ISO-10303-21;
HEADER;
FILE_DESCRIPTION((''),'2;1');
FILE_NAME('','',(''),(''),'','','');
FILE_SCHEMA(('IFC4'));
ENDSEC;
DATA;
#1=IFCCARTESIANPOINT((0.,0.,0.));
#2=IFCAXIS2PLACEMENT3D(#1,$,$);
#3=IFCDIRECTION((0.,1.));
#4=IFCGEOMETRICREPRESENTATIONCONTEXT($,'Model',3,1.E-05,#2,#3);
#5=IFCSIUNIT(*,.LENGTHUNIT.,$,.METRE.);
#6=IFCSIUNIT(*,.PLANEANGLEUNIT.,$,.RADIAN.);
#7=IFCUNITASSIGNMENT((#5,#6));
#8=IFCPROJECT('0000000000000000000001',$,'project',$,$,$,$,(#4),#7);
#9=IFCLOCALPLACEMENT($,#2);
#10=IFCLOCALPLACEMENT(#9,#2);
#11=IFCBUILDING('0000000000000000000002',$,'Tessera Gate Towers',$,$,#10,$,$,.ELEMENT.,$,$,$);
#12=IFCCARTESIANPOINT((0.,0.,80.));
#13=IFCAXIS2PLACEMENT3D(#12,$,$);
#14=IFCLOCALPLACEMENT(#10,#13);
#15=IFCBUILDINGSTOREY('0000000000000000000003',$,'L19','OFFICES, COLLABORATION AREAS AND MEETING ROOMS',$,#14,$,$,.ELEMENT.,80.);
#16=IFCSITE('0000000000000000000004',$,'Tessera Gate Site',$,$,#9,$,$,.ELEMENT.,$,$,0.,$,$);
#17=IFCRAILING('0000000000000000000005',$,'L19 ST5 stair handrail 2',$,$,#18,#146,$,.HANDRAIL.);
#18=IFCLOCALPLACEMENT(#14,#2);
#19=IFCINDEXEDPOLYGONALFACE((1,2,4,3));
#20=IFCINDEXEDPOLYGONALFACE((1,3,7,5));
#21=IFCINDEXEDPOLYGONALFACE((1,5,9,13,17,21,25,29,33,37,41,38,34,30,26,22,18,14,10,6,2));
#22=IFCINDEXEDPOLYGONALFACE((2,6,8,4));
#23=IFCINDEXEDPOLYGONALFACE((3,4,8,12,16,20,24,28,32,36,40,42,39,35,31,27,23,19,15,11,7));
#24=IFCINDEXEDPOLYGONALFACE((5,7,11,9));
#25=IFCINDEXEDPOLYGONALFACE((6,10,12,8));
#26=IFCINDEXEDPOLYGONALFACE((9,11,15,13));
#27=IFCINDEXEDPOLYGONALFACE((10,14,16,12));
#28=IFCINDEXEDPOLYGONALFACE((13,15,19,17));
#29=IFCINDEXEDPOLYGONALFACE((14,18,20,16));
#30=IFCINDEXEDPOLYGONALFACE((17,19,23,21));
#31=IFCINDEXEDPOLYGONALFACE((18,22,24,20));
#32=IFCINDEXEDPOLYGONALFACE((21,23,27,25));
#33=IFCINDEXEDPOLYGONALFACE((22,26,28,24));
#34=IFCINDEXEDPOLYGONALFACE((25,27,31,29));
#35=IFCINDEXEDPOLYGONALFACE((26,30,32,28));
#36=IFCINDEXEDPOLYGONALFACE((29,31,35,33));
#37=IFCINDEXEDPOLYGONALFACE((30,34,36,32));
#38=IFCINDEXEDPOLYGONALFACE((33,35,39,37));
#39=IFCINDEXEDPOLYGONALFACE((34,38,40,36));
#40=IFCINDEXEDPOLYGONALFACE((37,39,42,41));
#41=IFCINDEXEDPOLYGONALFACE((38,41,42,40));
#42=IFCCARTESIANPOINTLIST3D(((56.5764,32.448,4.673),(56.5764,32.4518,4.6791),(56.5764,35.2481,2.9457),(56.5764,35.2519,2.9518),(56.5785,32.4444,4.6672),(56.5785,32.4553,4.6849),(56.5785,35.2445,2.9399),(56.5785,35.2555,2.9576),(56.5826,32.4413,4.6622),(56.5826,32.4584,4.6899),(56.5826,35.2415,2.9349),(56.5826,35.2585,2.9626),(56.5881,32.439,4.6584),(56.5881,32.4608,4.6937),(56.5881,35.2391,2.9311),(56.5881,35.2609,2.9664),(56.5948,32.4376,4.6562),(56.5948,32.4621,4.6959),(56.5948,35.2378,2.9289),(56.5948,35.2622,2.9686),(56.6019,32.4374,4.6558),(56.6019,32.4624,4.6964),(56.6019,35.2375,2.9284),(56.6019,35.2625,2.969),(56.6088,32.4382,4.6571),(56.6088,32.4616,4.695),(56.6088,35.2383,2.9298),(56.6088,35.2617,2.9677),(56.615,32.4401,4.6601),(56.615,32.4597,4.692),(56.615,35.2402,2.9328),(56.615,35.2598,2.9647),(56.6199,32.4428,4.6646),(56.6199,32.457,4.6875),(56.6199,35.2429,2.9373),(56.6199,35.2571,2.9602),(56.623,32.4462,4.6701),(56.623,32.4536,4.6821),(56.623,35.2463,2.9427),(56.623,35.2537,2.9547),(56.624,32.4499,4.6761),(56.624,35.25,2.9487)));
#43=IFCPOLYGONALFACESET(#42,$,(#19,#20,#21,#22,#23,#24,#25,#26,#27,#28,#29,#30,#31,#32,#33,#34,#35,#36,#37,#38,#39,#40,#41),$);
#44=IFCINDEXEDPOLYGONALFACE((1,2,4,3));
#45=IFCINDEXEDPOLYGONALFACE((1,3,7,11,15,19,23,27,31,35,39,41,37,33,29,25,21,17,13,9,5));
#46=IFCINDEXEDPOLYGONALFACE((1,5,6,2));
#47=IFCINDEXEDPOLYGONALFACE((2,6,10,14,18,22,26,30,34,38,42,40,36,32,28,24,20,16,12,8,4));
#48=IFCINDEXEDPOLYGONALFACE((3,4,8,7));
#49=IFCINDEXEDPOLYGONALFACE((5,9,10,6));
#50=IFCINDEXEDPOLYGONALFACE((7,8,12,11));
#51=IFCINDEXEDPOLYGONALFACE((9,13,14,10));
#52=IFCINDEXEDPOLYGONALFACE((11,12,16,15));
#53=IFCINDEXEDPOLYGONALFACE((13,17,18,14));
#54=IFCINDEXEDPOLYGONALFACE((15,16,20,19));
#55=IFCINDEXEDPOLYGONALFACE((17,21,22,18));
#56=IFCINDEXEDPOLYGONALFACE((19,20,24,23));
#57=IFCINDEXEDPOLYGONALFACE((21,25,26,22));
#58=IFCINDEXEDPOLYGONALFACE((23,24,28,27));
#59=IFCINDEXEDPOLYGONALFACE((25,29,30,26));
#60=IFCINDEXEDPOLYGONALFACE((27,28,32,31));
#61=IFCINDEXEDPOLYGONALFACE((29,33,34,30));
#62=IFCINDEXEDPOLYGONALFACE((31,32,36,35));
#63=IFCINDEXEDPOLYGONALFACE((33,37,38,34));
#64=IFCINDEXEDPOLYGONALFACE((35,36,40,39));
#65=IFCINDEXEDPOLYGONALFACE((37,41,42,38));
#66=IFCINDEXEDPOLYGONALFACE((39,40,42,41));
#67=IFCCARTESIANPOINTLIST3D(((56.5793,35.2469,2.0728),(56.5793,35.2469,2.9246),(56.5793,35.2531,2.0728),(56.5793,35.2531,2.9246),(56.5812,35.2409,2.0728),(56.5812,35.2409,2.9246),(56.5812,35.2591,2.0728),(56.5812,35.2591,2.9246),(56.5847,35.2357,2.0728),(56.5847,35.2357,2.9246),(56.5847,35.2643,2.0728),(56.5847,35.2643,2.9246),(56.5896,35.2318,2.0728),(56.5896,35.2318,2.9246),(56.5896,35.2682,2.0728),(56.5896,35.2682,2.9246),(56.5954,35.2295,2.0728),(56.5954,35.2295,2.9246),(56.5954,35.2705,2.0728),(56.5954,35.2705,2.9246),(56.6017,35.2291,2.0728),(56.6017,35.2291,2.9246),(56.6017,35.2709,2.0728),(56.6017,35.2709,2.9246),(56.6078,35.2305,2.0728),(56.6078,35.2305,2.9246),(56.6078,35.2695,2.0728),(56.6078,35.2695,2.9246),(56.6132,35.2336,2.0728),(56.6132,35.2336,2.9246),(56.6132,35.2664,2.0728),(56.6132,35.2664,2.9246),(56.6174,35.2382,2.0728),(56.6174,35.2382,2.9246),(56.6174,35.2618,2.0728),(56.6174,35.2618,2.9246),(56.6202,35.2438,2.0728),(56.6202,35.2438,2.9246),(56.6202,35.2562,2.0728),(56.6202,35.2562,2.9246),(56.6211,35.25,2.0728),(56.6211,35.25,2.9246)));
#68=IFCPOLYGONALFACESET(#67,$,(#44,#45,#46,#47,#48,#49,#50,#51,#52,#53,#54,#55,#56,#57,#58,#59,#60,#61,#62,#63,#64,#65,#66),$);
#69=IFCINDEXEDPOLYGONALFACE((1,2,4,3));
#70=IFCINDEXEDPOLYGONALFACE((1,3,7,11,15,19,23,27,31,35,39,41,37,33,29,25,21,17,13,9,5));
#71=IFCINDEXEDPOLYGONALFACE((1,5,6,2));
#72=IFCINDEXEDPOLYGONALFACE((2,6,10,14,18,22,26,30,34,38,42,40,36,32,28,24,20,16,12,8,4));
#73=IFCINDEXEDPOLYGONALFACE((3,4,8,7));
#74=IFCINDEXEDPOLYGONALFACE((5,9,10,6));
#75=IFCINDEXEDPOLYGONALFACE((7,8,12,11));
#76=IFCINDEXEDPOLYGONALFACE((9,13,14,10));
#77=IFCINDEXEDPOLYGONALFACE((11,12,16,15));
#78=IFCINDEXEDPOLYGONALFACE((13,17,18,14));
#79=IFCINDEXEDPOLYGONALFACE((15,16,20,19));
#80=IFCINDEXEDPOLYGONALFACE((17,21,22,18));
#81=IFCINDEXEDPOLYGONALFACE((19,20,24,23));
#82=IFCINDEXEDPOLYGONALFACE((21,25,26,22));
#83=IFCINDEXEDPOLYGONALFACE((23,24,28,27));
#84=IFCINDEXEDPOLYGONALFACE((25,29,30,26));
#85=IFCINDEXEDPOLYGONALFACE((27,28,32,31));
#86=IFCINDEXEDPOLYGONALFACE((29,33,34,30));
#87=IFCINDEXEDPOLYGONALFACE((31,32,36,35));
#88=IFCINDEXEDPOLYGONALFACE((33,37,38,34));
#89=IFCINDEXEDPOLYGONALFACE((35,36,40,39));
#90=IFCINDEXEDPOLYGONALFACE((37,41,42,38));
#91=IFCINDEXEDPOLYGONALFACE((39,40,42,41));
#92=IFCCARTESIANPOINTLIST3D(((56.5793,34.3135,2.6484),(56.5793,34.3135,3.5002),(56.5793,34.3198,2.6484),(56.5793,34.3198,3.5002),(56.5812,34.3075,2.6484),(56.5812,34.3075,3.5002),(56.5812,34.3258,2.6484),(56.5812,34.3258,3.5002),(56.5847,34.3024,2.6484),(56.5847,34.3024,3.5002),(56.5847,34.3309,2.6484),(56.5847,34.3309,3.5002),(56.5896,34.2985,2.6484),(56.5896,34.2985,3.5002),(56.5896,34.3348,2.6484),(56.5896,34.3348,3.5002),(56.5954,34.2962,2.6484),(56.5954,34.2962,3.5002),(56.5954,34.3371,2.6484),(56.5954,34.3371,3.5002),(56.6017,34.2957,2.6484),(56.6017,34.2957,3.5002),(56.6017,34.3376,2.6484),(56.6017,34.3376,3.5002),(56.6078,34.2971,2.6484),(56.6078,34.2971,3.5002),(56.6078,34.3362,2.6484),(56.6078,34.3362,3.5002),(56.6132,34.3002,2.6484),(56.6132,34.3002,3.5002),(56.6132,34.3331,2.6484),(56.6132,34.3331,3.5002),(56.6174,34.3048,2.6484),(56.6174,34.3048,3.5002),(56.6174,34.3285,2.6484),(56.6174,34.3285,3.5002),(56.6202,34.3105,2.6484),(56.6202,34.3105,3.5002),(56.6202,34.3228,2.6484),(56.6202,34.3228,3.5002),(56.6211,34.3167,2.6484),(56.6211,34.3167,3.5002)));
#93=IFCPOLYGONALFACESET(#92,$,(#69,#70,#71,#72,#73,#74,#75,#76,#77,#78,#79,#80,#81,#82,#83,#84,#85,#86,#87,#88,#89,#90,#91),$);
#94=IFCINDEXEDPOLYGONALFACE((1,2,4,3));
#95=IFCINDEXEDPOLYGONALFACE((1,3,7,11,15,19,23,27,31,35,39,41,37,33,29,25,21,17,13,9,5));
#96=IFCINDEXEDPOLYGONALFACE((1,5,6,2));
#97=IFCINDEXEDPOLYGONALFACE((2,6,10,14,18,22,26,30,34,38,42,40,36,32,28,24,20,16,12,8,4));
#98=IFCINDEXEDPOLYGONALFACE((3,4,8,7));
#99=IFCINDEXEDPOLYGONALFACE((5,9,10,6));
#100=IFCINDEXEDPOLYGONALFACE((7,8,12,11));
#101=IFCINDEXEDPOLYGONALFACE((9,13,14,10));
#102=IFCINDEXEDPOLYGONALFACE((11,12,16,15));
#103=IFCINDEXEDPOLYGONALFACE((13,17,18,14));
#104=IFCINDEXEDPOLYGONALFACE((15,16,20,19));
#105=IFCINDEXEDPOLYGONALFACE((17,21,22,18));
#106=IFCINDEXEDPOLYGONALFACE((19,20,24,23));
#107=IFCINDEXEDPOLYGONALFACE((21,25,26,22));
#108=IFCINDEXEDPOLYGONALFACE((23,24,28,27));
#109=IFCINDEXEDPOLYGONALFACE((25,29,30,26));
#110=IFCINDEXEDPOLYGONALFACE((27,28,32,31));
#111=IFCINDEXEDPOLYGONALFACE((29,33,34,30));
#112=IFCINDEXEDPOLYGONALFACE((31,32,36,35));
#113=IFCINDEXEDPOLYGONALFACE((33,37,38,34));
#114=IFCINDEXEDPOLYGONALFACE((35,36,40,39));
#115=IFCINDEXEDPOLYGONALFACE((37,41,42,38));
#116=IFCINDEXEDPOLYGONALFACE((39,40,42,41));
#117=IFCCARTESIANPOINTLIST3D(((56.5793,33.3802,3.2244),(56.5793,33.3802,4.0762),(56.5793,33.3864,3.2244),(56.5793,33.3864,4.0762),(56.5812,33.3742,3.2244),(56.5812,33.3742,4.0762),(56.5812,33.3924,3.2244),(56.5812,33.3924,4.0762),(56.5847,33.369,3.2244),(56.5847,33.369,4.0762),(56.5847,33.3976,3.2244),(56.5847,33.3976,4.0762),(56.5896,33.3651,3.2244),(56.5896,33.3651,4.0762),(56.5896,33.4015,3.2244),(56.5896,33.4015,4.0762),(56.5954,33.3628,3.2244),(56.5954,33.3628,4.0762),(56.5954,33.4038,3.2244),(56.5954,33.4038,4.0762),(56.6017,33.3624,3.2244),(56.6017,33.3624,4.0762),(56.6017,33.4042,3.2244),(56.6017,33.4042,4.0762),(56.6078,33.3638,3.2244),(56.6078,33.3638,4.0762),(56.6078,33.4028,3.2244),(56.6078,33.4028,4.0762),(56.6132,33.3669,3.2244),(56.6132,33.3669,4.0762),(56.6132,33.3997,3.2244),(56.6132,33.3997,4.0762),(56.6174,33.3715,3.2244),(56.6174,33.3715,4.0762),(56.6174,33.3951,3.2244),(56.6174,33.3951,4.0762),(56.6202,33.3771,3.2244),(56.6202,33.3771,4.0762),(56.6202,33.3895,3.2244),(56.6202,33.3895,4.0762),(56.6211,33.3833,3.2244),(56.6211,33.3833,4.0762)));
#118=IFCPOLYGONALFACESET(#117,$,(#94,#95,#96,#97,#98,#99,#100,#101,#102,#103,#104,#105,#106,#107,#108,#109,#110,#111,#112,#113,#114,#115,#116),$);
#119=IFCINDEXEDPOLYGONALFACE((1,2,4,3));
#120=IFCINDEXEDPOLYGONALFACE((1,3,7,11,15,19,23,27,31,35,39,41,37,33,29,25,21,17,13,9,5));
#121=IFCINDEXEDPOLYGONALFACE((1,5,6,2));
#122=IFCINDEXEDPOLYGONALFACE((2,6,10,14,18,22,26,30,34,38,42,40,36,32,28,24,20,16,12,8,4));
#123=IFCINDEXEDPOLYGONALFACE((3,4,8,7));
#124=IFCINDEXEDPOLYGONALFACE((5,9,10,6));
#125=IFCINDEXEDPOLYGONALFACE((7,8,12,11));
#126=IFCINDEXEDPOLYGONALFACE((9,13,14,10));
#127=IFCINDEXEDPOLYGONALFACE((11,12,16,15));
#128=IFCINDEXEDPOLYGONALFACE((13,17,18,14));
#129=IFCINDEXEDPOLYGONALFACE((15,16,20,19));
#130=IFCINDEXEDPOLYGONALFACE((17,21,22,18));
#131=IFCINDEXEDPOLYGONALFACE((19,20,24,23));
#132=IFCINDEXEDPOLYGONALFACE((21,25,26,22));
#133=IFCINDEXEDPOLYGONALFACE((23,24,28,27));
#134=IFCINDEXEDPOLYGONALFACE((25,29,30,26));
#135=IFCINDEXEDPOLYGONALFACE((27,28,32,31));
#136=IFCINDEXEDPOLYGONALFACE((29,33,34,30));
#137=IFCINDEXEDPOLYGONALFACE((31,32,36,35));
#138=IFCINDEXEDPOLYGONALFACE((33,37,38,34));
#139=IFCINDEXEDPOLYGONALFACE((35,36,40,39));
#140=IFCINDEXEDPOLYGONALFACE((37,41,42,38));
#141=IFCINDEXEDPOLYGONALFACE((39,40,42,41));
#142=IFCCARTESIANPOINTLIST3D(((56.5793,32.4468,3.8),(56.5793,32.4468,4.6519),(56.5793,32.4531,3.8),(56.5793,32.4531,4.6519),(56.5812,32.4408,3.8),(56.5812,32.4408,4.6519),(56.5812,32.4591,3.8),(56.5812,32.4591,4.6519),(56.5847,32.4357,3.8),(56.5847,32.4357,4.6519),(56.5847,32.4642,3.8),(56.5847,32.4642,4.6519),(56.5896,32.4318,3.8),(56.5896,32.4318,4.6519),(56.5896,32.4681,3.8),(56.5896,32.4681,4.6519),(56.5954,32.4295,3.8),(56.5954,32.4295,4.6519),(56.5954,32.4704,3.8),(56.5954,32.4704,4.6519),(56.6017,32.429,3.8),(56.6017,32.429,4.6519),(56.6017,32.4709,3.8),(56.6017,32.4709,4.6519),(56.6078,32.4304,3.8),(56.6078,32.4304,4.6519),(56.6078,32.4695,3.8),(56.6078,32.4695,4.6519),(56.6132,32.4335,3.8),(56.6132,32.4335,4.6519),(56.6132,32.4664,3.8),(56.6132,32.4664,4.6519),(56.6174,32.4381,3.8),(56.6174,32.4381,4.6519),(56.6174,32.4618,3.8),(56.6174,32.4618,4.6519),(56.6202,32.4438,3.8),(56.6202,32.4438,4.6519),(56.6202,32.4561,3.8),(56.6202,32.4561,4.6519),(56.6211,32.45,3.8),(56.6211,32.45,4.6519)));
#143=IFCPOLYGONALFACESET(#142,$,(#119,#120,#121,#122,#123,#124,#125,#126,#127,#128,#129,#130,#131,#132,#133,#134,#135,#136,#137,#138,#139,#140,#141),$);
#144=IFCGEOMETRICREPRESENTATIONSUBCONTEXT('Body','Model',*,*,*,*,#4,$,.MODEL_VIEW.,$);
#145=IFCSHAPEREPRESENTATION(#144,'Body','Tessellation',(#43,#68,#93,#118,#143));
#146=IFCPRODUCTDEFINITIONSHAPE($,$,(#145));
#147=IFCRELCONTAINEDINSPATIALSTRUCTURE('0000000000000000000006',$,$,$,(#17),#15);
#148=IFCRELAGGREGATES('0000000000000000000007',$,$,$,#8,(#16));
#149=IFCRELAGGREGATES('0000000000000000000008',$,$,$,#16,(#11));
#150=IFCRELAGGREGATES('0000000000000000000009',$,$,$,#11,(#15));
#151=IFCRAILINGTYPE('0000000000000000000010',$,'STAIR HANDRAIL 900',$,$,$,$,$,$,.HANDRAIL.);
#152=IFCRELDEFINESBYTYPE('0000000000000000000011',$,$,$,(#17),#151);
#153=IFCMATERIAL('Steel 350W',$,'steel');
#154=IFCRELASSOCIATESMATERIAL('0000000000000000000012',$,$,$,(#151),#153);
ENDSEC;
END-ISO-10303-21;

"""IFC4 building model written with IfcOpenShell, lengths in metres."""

from ifc_helpers import new_model, si_unit, direction, frame, origin, origin_2d, place, context, subcontext, project, spatial, circle, extrude, material, type_object, element, save


model = new_model("IFC4")

# Units and contexts
model_context = context("Model", 3, precision=1e-05, world=origin(), true_north=direction((0.0, 1.0)))
body_context = subcontext(model_context, "Body", "Model", "MODEL_VIEW")
ifc_project = project(units=[si_unit("LENGTHUNIT", "METRE"), si_unit("PLANEANGLEUNIT", "RADIAN")], contexts=[model_context])

# Site, building, storey
site_placement = place(None, origin())
site = spatial("IfcSite", under=ifc_project, at=site_placement, Name="Tessera Gate Site", CompositionType="ELEMENT", RefElevation=0.0)
building_placement = place(site_placement, origin())
building = spatial("IfcBuilding", under=site, at=building_placement, Name="Tessera Gate Towers", CompositionType="ELEMENT")
storey_placement = place(building_placement, frame((0.0, 0.0, 80.0)))
storey = spatial("IfcBuildingStorey", under=building, at=storey_placement, Name="L19", Description="OFFICES, COLLABORATION AREAS AND MEETING ROOMS", CompositionType="ELEMENT", Elevation=80.0)

# Railing
ifc_material_1 = material(Name="Steel 350W", Category="steel")
railing_type_1 = type_object("IfcRailingType", Name="STAIR HANDRAIL 900", PredefinedType="HANDRAIL", material=ifc_material_1)
railing_1_placement = place(storey_placement, frame((56.6001, 35.25, 2.0728)))
element("IfcRailing", 1, at=railing_1_placement, inside=storey, type_object=railing_type_1, Name="L19 ST5 stair handrail 2", PredefinedType="HANDRAIL", context=body_context, shape_type="SweptSolid", body=[
    extrude(circle(Radius=0.0239, at=origin_2d()), frame((0.0, 0.0, 0.876), z_axis=(0.0, -0.85109, 0.52502), x_axis=(1.0, 0.0, 0.0)), (0.0, 0.0, 1.0), 3.29),
    extrude(circle(Radius=0.021, at=origin_2d()), origin(), (0.0, 0.0, 1.0), 0.8518),
    extrude(circle(Radius=0.021, at=origin_2d()), frame((0.0, -0.9333, 0.5757)), (0.0, 0.0, 1.0), 0.8518),
    extrude(circle(Radius=0.021, at=origin_2d()), frame((0.0, -1.8667, 1.1516)), (0.0, 0.0, 1.0), 0.8518),
    extrude(circle(Radius=0.021, at=origin_2d()), frame((0.0, -2.8, 1.7273)), (0.0, 0.0, 1.0), 0.8518),
])

save(model, "model.ifc")
